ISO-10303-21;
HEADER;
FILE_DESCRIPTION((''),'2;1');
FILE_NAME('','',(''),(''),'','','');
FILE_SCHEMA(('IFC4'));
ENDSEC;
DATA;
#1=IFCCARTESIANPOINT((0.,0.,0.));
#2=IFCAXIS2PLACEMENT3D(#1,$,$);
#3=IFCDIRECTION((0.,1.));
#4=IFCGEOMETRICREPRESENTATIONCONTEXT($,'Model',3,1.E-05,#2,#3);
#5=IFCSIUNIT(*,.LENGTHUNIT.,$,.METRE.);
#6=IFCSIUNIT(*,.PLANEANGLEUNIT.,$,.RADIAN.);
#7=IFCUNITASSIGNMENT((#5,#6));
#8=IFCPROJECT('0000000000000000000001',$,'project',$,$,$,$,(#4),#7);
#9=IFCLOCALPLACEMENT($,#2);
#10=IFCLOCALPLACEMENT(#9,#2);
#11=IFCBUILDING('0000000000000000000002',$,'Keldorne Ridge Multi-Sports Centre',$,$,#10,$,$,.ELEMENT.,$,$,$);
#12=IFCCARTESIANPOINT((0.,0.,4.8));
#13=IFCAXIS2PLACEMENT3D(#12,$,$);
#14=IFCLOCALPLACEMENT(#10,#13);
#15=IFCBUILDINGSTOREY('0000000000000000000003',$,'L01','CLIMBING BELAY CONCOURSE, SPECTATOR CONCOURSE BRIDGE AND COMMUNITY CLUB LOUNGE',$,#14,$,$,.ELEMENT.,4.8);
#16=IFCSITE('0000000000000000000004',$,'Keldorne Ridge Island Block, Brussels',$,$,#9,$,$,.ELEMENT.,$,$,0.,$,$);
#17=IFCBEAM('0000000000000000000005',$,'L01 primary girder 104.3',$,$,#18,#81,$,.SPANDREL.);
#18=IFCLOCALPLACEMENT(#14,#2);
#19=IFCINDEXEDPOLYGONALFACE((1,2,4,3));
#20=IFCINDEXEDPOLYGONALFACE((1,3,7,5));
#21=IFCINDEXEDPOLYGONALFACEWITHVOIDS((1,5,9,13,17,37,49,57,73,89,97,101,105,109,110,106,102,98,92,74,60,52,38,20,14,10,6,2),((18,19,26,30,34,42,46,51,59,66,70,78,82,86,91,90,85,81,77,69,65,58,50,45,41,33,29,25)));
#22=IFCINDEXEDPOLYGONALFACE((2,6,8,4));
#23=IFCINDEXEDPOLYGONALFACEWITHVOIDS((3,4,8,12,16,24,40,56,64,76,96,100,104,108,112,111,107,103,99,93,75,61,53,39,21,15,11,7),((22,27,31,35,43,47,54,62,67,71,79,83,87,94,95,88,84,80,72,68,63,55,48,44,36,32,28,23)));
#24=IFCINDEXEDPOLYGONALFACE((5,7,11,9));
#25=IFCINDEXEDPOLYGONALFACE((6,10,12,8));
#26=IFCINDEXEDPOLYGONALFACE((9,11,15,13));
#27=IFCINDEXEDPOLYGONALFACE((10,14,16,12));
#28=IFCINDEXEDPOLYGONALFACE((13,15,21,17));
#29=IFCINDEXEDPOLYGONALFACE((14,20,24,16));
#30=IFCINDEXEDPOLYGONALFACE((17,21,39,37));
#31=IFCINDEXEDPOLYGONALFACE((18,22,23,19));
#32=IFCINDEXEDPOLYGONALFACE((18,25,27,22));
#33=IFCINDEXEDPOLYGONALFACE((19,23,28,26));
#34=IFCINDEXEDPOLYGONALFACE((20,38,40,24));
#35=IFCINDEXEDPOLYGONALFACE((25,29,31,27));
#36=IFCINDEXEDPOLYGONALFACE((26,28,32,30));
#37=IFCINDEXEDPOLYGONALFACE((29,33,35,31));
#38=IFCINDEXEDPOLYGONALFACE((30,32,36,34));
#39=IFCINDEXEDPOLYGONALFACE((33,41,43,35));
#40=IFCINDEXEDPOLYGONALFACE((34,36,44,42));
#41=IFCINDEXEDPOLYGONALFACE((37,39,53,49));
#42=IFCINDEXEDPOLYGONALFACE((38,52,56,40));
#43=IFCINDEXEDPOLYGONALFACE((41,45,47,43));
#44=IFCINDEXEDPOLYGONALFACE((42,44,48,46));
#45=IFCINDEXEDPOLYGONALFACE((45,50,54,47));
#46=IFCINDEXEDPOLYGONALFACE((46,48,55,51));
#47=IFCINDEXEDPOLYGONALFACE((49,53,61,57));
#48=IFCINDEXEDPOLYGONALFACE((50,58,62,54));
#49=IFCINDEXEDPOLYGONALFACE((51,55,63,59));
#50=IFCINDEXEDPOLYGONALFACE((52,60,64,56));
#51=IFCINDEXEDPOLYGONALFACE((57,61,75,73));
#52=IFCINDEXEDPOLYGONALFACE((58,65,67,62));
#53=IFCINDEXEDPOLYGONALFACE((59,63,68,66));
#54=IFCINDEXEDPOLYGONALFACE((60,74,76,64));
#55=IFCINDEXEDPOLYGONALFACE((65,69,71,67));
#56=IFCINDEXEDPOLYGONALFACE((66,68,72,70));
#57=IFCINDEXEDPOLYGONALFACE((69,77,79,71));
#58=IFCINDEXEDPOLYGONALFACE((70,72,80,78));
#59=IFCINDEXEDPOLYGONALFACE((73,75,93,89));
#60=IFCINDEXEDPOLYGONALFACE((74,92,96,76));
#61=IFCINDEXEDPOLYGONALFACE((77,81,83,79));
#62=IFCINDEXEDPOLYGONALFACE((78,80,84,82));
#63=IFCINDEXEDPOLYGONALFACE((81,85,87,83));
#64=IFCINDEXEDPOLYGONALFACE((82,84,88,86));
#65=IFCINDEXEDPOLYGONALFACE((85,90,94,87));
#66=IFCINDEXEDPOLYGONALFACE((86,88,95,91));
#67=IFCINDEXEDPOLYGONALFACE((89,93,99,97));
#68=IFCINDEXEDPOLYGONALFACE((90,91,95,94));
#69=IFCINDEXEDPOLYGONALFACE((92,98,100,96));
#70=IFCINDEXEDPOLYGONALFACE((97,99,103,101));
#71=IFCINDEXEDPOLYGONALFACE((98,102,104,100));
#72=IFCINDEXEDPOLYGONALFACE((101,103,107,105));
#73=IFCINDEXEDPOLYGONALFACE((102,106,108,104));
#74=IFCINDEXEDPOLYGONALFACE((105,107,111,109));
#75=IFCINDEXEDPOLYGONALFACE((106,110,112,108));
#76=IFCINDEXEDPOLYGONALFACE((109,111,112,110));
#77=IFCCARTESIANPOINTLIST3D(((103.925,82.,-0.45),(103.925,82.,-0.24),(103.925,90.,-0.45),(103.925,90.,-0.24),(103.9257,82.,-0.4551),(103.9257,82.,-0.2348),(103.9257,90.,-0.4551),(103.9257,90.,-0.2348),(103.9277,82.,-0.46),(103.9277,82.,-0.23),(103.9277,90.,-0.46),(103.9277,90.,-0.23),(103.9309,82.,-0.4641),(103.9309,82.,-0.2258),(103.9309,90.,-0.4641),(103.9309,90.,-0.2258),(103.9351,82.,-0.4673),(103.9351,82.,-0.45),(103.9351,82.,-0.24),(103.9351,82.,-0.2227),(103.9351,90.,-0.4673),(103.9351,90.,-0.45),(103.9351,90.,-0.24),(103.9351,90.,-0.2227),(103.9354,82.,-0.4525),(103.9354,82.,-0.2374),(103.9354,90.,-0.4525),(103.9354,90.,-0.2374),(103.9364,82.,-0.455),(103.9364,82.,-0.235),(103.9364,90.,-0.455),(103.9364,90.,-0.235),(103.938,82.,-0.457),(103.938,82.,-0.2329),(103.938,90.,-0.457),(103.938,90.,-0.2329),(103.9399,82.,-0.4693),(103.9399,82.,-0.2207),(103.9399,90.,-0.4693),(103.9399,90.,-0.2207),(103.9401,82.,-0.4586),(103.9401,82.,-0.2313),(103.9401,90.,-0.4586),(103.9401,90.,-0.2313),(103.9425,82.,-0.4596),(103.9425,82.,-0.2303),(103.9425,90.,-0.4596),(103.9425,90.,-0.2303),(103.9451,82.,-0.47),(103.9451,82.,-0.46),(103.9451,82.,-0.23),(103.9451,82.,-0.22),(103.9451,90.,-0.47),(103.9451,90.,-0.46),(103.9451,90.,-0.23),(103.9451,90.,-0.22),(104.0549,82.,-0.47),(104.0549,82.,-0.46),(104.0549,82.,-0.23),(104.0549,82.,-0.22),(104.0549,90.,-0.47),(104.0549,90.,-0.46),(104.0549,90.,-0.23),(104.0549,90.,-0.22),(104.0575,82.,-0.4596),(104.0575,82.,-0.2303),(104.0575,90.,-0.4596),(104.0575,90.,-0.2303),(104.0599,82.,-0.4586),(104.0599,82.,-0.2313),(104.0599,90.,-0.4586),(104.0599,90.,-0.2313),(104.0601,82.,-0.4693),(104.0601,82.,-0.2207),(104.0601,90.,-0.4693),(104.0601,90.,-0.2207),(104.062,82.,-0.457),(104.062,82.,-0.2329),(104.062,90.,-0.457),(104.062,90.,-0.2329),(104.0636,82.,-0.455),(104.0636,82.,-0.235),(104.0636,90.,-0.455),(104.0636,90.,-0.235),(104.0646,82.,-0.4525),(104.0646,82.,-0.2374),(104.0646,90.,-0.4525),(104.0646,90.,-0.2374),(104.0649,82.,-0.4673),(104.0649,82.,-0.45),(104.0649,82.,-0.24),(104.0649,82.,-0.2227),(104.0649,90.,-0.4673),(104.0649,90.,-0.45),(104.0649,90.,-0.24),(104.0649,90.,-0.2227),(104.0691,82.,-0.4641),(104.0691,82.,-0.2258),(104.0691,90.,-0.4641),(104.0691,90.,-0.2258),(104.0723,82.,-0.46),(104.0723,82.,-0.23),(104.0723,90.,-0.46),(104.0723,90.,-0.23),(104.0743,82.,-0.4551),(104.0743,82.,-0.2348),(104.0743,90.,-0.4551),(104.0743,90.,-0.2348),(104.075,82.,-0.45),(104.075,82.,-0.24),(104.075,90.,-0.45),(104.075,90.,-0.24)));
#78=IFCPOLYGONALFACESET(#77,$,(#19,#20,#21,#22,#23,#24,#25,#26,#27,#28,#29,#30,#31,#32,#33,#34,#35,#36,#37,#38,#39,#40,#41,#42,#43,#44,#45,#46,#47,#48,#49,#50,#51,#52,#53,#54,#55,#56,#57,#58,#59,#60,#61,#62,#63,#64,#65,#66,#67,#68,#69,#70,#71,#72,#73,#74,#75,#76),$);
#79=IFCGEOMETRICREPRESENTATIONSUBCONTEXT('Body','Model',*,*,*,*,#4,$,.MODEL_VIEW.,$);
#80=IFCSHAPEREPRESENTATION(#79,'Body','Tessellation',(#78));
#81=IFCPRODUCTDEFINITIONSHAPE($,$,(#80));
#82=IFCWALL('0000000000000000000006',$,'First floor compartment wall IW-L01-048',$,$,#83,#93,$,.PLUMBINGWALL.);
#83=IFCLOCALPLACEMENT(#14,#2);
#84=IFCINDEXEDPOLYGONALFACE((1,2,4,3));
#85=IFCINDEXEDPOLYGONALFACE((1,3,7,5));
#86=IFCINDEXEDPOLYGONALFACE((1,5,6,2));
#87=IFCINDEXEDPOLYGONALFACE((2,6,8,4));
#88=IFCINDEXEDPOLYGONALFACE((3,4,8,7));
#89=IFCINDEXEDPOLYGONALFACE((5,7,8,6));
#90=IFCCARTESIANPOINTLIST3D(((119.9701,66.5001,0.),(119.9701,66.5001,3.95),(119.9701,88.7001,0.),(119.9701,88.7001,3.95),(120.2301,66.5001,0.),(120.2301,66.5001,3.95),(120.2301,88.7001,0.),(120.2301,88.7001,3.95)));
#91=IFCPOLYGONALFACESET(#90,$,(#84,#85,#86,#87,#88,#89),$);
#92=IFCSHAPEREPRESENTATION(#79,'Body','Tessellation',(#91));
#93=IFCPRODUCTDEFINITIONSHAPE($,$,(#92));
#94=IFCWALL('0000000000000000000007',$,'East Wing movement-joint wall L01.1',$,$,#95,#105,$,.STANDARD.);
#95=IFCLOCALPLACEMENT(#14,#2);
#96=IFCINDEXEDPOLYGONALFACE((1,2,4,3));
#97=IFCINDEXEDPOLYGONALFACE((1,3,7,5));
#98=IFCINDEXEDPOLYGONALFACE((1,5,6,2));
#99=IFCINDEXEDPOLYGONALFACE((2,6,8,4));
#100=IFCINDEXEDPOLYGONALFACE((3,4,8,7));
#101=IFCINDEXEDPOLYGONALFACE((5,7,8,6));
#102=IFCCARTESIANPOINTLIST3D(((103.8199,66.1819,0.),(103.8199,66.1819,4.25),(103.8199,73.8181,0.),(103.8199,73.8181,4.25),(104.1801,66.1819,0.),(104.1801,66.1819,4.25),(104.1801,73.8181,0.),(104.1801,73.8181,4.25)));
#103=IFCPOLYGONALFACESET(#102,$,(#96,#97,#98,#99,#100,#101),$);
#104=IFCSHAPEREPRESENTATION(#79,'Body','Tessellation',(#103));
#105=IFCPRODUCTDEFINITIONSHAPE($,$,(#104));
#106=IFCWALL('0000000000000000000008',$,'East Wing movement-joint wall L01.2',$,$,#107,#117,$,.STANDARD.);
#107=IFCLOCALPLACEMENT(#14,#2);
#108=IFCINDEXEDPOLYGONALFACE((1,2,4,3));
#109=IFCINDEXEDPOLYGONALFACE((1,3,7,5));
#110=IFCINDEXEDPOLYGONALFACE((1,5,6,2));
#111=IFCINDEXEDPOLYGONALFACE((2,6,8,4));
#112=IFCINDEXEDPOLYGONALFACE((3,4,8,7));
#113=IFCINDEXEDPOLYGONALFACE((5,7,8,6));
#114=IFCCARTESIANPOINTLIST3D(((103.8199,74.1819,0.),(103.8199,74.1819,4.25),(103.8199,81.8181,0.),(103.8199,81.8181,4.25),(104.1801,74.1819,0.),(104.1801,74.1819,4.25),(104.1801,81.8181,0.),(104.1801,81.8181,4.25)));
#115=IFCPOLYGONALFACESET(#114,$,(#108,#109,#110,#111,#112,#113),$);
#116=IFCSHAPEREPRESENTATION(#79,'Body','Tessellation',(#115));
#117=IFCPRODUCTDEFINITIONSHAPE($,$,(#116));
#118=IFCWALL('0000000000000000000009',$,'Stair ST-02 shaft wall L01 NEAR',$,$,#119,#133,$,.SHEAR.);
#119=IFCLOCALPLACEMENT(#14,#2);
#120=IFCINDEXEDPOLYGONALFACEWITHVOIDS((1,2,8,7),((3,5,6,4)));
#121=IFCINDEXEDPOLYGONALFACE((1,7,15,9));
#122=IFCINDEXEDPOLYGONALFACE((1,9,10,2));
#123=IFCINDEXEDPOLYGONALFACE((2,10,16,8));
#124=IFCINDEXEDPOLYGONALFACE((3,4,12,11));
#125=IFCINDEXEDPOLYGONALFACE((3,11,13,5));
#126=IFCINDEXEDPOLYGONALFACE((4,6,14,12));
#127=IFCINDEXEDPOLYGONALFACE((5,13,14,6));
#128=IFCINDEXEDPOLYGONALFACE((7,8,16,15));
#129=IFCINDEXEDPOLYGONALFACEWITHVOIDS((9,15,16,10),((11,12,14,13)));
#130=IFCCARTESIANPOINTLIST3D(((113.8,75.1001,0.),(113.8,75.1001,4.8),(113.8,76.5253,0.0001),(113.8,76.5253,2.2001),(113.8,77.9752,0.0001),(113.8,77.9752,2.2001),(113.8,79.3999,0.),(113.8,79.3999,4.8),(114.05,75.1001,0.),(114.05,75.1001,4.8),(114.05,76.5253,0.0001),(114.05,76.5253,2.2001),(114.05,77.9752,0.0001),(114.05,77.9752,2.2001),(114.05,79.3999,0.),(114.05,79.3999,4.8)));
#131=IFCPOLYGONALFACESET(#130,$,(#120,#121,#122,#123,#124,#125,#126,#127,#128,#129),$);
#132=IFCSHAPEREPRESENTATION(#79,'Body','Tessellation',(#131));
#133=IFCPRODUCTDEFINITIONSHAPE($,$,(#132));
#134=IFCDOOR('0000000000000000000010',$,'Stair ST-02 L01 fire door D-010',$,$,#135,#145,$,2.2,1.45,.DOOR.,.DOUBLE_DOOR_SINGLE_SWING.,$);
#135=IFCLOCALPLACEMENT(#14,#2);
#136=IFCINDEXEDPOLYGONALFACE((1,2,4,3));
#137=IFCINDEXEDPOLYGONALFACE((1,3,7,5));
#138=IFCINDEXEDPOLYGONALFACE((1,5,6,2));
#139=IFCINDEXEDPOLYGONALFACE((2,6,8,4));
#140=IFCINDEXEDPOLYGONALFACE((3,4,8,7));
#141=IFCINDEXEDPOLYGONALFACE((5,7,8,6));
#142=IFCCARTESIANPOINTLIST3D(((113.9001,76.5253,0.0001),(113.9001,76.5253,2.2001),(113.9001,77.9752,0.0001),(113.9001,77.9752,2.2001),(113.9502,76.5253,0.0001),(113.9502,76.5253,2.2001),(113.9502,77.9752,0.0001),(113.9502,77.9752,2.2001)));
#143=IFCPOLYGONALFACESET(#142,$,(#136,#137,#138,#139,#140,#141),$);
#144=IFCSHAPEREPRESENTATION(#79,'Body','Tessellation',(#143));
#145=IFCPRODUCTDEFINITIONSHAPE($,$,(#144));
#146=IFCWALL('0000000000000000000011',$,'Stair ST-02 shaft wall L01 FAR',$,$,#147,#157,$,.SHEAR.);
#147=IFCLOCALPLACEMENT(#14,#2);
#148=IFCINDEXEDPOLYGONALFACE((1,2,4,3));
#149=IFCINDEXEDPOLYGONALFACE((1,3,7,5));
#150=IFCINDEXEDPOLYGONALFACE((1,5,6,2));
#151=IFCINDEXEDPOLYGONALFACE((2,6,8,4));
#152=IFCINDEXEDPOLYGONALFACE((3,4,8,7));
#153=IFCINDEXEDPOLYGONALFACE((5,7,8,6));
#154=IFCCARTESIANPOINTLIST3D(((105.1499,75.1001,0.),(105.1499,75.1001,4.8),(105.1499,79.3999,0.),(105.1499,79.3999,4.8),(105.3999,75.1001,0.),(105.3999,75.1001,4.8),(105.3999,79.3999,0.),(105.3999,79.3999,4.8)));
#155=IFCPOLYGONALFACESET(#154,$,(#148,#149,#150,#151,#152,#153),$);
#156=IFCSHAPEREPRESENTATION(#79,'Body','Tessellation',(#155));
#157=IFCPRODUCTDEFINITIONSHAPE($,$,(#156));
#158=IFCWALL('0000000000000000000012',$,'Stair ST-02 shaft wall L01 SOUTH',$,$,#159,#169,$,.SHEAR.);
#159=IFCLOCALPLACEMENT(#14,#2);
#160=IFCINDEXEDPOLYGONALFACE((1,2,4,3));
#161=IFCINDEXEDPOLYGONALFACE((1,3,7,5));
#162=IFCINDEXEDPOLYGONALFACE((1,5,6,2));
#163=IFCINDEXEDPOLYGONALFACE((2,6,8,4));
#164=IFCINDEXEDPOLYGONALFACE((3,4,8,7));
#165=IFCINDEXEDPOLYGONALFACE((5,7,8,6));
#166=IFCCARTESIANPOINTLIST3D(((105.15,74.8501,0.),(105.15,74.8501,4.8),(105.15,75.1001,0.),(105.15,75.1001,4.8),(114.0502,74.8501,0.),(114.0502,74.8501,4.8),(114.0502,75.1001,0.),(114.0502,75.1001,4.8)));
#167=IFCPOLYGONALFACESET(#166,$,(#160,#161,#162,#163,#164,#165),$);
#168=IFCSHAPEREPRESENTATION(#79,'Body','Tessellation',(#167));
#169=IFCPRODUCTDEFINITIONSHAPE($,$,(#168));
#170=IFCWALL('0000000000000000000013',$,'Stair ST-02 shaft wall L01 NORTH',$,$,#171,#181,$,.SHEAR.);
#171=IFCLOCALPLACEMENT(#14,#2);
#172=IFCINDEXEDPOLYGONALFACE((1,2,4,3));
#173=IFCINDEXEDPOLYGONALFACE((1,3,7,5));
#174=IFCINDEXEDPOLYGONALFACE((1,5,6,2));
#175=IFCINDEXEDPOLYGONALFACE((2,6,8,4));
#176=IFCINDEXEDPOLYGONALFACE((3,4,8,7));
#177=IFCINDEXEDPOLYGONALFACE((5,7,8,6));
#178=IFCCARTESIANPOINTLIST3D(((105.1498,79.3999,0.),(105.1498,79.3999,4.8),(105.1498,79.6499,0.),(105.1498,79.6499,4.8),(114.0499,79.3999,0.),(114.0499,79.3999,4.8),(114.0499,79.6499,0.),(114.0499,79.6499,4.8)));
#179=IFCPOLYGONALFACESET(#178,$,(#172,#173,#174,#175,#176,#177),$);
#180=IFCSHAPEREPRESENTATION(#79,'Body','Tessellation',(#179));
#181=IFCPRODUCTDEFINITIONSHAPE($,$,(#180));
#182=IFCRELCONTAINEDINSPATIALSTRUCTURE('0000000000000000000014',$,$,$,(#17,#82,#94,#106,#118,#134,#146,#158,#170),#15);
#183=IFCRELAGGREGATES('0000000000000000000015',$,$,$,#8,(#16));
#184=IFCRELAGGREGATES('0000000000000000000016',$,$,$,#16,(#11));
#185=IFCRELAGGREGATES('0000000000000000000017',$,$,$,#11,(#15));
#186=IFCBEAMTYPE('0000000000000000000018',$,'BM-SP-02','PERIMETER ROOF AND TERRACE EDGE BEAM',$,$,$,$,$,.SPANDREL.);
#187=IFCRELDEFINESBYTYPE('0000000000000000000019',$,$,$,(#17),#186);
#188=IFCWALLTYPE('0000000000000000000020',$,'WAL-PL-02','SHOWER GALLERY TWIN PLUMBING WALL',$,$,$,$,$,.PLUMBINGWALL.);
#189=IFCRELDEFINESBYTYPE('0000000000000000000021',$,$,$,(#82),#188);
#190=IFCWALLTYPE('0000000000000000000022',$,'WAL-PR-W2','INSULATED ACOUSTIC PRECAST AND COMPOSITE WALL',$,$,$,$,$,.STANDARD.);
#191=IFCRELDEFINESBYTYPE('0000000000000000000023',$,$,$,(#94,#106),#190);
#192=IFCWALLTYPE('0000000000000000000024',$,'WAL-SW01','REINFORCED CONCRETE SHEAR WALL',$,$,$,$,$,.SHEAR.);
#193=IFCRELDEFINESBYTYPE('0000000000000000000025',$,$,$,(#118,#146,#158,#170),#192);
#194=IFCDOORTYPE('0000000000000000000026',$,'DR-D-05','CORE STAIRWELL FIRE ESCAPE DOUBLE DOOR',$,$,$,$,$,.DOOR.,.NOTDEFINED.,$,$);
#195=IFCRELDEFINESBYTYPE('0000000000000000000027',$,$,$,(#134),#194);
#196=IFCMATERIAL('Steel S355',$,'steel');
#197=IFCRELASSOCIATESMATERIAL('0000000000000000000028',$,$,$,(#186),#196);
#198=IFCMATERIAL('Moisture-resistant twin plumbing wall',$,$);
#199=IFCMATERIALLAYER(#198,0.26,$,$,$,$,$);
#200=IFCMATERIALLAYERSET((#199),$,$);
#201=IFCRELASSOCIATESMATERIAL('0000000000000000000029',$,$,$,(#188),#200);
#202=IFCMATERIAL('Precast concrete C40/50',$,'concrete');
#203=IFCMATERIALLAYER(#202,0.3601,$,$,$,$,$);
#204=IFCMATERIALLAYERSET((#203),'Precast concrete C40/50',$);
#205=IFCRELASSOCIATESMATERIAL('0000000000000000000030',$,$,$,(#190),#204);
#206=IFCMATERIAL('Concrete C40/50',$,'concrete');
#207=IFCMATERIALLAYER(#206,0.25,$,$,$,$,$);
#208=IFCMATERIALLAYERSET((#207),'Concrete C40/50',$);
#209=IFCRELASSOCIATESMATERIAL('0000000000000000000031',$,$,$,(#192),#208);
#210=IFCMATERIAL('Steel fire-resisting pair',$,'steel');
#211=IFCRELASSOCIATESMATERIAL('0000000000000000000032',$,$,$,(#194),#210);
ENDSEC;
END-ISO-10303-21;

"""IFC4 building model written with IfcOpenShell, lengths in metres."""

from ifc_helpers import new_model, si_unit, direction, frame, frame_2d, origin, origin_2d, place, context, subcontext, project, spatial, rectangle, hollow_rectangle, extrude, material, layer, layer_set, material_profile, profile_set, type_object, element, fill, save


model = new_model("IFC4")

# Units and contexts
model_context = context("Model", 3, precision=1e-05, world=origin(), true_north=direction((0.0, 1.0)))
body_context = subcontext(model_context, "Body", "Model", "MODEL_VIEW")
ifc_project = project(units=[si_unit("LENGTHUNIT", "METRE"), si_unit("PLANEANGLEUNIT", "RADIAN")], contexts=[model_context])

# Site, building, storey
site_placement = place(None, origin())
site = spatial("IfcSite", under=ifc_project, at=site_placement, Name="Keldorne Ridge Island Block, Brussels", CompositionType="ELEMENT", RefElevation=0.0)
building_placement = place(site_placement, origin())
building = spatial("IfcBuilding", under=site, at=building_placement, Name="Keldorne Ridge Multi-Sports Centre", CompositionType="ELEMENT")
storey_placement = place(building_placement, frame((0.0, 0.0, 4.8)))
storey = spatial("IfcBuildingStorey", under=building, at=storey_placement, Name="L01", Description="CLIMBING BELAY CONCOURSE, SPECTATOR CONCOURSE BRIDGE AND COMMUNITY CLUB LOUNGE", CompositionType="ELEMENT", Elevation=4.8)

# Shared definitions
ifc_material_1 = material(Name="Steel S355", Category="steel")

# Beam
ifc_material_profile_1 = material_profile(ifc_material_1, hollow_rectangle(XDim=0.1499, YDim=0.25, WallThickness=0.01, InnerFilletRadius=0.01, OuterFilletRadius=0.02, at=origin_2d()), Name="RHS 250x150x10")
ifc_profile_set_1 = profile_set([ifc_material_profile_1], Name="Steel S355")
beam_type_1 = type_object("IfcBeamType", Name="BM-SP-02", Description="PERIMETER ROOF AND TERRACE EDGE BEAM", PredefinedType="SPANDREL", material=ifc_profile_set_1)
for number, where, z_axis, x_axis, name in (
    (1, (104.0, 82.0, -0.345), (0.0, 1.0, 0.0), (-1.0, 0.0, 0.0), "L01 primary girder 104.3"),
):
    element("IfcBeam", number, at=place(storey_placement, frame(where, z_axis=z_axis, x_axis=x_axis)), inside=storey, type_object=beam_type_1, Name=name, PredefinedType="SPANDREL", context=body_context, shape_type="SweptSolid", body=[
        extrude(hollow_rectangle(XDim=0.1499, YDim=0.25, WallThickness=0.01, InnerFilletRadius=0.01, OuterFilletRadius=0.02, at=origin_2d()), origin(), (0.0, 0.0, 1.0), 8.0),
    ])

# Walls
ifc_material_2 = material(Name="Moisture-resistant twin plumbing wall")
ifc_layer_1 = layer(ifc_material_2, 0.26)
ifc_layer_set_1 = layer_set([ifc_layer_1])
wall_type_1 = type_object("IfcWallType", Name="WAL-PL-02", Description="SHOWER GALLERY TWIN PLUMBING WALL", PredefinedType="PLUMBINGWALL", material=ifc_layer_set_1)
wall_1_placement = place(storey_placement, frame((120.1001, 66.5, 0.0), z_axis=(0.0, 0.0, 1.0), x_axis=(0.0, 1.0, 0.0)))
element("IfcWall", 2, at=wall_1_placement, inside=storey, type_object=wall_type_1, Name="First floor compartment wall IW-L01-048", PredefinedType="PLUMBINGWALL", context=body_context, shape_type="SweptSolid", body=[
    extrude(rectangle(XDim=22.2, YDim=0.26, at=frame_2d((11.1001, 0.0))), origin(), (0.0, 0.0, 1.0), 3.95),
])
ifc_material_3 = material(Name="Precast concrete C40/50", Category="concrete")
ifc_layer_2 = layer(ifc_material_3, 0.3601)
ifc_layer_set_2 = layer_set([ifc_layer_2], Name="Precast concrete C40/50")
wall_type_2 = type_object("IfcWallType", Name="WAL-PR-W2", Description="INSULATED ACOUSTIC PRECAST AND COMPOSITE WALL", PredefinedType="STANDARD", material=ifc_layer_set_2)
for number, where, z_axis, x_axis, name in (
    (3, (104.0, 73.8181, 0.0), (0.0, 0.0, 1.0), (0.0, -1.0, 0.0), "East Wing movement-joint wall L01.1"),
    (4, (104.0, 81.8181, 0.0), (0.0, 0.0, 1.0), (0.0, -1.0, 0.0), "East Wing movement-joint wall L01.2"),
):
    element("IfcWall", number, at=place(storey_placement, frame(where, z_axis=z_axis, x_axis=x_axis)), inside=storey, type_object=wall_type_2, Name=name, PredefinedType="STANDARD", context=body_context, shape_type="SweptSolid", body=[
        extrude(rectangle(XDim=7.6362, YDim=0.3601, at=frame_2d((3.8181, 0.0))), origin(), (0.0, 0.0, 1.0), 4.25),
    ])

# Wall, opening, door
ifc_material_4 = material(Name="Concrete C40/50", Category="concrete")
ifc_layer_3 = layer(ifc_material_4, 0.25)
ifc_layer_set_3 = layer_set([ifc_layer_3], Name="Concrete C40/50")
wall_type_3 = type_object("IfcWallType", Name="WAL-SW01", Description="REINFORCED CONCRETE SHEAR WALL", PredefinedType="SHEAR", material=ifc_layer_set_3)
wall_2_placement = place(storey_placement, frame((113.925, 75.1001, 0.0), z_axis=(0.0, 0.0, 1.0), x_axis=(0.0, 1.0, 0.0)))
wall_2 = element("IfcWall", 5, at=wall_2_placement, inside=storey, type_object=wall_type_3, Name="Stair ST-02 shaft wall L01 NEAR", PredefinedType="SHEAR", context=body_context, shape_type="SweptSolid", body=[
    extrude(rectangle(XDim=4.2998, YDim=0.25, at=frame_2d((2.1499, 0.0))), origin(), (0.0, 0.0, 1.0), 4.8),
])
opening_1_placement = place(wall_2_placement, frame((1.425, 0.0, 0.0)))
opening_1 = element("IfcOpeningElement", 6, at=opening_1_placement, cuts=wall_2, PredefinedType="OPENING", context=body_context, shape_type="SweptSolid", body=[
    extrude(rectangle(XDim=1.45, YDim=2.2, at=frame_2d((0.7251, 1.1001))), frame((0.0, 0.135, 0.0), z_axis=(0.0, -1.0, 0.0), x_axis=(1.0, 0.0, 0.0)), (0.0, 0.0, 1.0), 0.27),
])
ifc_material_5 = material(Name="Steel fire-resisting pair", Category="steel")
door_type_1 = type_object("IfcDoorType", Name="DR-D-05", Description="CORE STAIRWELL FIRE ESCAPE DOUBLE DOOR", OperationType="NOTDEFINED", PredefinedType="DOOR", material=ifc_material_5)
door_1_placement = place(opening_1_placement, origin())
door_1 = element("IfcDoor", 7, at=door_1_placement, inside=storey, type_object=door_type_1, Name="Stair ST-02 L01 fire door D-010", OperationType="DOUBLE_DOOR_SINGLE_SWING", OverallHeight=2.2, OverallWidth=1.45, PredefinedType="DOOR", context=body_context, shape_type="SweptSolid", body=[
    extrude(rectangle(XDim=1.45, YDim=2.2, at=frame_2d((0.7251, 1.1001))), frame((0.0, 0.0249, 0.0), z_axis=(0.0, -1.0, 0.0), x_axis=(1.0, 0.0, 0.0)), (0.0, 0.0, 1.0), 0.05),
])
fill(opening_1, door_1)

# Walls
wall_3_placement = place(storey_placement, frame((105.2749, 79.3999, 0.0), z_axis=(0.0, 0.0, 1.0), x_axis=(0.0, -1.0, 0.0)))
element("IfcWall", 8, at=wall_3_placement, inside=storey, type_object=wall_type_3, Name="Stair ST-02 shaft wall L01 FAR", PredefinedType="SHEAR", context=body_context, shape_type="SweptSolid", body=[
    extrude(rectangle(XDim=4.2998, YDim=0.25, at=frame_2d((2.1499, 0.0))), origin(), (0.0, 0.0, 1.0), 4.8),
])
for number, where, z_axis, x_axis, name in (
    (9, (105.1499, 74.9751, 0.0), (0.0, 0.0, 1.0), (1.0, 0.0, 0.0), "Stair ST-02 shaft wall L01 SOUTH"),
    (10, (114.05, 79.5249, 0.0), (0.0, 0.0, 1.0), (-1.0, 0.0, 0.0), "Stair ST-02 shaft wall L01 NORTH"),
):
    element("IfcWall", number, at=place(storey_placement, frame(where, z_axis=z_axis, x_axis=x_axis)), inside=storey, type_object=wall_type_3, Name=name, PredefinedType="SHEAR", context=body_context, shape_type="SweptSolid", body=[
        extrude(rectangle(XDim=8.9001, YDim=0.25, at=frame_2d((4.4502, 0.0))), origin(), (0.0, 0.0, 1.0), 4.8),
    ])

save(model, "model.ifc")
